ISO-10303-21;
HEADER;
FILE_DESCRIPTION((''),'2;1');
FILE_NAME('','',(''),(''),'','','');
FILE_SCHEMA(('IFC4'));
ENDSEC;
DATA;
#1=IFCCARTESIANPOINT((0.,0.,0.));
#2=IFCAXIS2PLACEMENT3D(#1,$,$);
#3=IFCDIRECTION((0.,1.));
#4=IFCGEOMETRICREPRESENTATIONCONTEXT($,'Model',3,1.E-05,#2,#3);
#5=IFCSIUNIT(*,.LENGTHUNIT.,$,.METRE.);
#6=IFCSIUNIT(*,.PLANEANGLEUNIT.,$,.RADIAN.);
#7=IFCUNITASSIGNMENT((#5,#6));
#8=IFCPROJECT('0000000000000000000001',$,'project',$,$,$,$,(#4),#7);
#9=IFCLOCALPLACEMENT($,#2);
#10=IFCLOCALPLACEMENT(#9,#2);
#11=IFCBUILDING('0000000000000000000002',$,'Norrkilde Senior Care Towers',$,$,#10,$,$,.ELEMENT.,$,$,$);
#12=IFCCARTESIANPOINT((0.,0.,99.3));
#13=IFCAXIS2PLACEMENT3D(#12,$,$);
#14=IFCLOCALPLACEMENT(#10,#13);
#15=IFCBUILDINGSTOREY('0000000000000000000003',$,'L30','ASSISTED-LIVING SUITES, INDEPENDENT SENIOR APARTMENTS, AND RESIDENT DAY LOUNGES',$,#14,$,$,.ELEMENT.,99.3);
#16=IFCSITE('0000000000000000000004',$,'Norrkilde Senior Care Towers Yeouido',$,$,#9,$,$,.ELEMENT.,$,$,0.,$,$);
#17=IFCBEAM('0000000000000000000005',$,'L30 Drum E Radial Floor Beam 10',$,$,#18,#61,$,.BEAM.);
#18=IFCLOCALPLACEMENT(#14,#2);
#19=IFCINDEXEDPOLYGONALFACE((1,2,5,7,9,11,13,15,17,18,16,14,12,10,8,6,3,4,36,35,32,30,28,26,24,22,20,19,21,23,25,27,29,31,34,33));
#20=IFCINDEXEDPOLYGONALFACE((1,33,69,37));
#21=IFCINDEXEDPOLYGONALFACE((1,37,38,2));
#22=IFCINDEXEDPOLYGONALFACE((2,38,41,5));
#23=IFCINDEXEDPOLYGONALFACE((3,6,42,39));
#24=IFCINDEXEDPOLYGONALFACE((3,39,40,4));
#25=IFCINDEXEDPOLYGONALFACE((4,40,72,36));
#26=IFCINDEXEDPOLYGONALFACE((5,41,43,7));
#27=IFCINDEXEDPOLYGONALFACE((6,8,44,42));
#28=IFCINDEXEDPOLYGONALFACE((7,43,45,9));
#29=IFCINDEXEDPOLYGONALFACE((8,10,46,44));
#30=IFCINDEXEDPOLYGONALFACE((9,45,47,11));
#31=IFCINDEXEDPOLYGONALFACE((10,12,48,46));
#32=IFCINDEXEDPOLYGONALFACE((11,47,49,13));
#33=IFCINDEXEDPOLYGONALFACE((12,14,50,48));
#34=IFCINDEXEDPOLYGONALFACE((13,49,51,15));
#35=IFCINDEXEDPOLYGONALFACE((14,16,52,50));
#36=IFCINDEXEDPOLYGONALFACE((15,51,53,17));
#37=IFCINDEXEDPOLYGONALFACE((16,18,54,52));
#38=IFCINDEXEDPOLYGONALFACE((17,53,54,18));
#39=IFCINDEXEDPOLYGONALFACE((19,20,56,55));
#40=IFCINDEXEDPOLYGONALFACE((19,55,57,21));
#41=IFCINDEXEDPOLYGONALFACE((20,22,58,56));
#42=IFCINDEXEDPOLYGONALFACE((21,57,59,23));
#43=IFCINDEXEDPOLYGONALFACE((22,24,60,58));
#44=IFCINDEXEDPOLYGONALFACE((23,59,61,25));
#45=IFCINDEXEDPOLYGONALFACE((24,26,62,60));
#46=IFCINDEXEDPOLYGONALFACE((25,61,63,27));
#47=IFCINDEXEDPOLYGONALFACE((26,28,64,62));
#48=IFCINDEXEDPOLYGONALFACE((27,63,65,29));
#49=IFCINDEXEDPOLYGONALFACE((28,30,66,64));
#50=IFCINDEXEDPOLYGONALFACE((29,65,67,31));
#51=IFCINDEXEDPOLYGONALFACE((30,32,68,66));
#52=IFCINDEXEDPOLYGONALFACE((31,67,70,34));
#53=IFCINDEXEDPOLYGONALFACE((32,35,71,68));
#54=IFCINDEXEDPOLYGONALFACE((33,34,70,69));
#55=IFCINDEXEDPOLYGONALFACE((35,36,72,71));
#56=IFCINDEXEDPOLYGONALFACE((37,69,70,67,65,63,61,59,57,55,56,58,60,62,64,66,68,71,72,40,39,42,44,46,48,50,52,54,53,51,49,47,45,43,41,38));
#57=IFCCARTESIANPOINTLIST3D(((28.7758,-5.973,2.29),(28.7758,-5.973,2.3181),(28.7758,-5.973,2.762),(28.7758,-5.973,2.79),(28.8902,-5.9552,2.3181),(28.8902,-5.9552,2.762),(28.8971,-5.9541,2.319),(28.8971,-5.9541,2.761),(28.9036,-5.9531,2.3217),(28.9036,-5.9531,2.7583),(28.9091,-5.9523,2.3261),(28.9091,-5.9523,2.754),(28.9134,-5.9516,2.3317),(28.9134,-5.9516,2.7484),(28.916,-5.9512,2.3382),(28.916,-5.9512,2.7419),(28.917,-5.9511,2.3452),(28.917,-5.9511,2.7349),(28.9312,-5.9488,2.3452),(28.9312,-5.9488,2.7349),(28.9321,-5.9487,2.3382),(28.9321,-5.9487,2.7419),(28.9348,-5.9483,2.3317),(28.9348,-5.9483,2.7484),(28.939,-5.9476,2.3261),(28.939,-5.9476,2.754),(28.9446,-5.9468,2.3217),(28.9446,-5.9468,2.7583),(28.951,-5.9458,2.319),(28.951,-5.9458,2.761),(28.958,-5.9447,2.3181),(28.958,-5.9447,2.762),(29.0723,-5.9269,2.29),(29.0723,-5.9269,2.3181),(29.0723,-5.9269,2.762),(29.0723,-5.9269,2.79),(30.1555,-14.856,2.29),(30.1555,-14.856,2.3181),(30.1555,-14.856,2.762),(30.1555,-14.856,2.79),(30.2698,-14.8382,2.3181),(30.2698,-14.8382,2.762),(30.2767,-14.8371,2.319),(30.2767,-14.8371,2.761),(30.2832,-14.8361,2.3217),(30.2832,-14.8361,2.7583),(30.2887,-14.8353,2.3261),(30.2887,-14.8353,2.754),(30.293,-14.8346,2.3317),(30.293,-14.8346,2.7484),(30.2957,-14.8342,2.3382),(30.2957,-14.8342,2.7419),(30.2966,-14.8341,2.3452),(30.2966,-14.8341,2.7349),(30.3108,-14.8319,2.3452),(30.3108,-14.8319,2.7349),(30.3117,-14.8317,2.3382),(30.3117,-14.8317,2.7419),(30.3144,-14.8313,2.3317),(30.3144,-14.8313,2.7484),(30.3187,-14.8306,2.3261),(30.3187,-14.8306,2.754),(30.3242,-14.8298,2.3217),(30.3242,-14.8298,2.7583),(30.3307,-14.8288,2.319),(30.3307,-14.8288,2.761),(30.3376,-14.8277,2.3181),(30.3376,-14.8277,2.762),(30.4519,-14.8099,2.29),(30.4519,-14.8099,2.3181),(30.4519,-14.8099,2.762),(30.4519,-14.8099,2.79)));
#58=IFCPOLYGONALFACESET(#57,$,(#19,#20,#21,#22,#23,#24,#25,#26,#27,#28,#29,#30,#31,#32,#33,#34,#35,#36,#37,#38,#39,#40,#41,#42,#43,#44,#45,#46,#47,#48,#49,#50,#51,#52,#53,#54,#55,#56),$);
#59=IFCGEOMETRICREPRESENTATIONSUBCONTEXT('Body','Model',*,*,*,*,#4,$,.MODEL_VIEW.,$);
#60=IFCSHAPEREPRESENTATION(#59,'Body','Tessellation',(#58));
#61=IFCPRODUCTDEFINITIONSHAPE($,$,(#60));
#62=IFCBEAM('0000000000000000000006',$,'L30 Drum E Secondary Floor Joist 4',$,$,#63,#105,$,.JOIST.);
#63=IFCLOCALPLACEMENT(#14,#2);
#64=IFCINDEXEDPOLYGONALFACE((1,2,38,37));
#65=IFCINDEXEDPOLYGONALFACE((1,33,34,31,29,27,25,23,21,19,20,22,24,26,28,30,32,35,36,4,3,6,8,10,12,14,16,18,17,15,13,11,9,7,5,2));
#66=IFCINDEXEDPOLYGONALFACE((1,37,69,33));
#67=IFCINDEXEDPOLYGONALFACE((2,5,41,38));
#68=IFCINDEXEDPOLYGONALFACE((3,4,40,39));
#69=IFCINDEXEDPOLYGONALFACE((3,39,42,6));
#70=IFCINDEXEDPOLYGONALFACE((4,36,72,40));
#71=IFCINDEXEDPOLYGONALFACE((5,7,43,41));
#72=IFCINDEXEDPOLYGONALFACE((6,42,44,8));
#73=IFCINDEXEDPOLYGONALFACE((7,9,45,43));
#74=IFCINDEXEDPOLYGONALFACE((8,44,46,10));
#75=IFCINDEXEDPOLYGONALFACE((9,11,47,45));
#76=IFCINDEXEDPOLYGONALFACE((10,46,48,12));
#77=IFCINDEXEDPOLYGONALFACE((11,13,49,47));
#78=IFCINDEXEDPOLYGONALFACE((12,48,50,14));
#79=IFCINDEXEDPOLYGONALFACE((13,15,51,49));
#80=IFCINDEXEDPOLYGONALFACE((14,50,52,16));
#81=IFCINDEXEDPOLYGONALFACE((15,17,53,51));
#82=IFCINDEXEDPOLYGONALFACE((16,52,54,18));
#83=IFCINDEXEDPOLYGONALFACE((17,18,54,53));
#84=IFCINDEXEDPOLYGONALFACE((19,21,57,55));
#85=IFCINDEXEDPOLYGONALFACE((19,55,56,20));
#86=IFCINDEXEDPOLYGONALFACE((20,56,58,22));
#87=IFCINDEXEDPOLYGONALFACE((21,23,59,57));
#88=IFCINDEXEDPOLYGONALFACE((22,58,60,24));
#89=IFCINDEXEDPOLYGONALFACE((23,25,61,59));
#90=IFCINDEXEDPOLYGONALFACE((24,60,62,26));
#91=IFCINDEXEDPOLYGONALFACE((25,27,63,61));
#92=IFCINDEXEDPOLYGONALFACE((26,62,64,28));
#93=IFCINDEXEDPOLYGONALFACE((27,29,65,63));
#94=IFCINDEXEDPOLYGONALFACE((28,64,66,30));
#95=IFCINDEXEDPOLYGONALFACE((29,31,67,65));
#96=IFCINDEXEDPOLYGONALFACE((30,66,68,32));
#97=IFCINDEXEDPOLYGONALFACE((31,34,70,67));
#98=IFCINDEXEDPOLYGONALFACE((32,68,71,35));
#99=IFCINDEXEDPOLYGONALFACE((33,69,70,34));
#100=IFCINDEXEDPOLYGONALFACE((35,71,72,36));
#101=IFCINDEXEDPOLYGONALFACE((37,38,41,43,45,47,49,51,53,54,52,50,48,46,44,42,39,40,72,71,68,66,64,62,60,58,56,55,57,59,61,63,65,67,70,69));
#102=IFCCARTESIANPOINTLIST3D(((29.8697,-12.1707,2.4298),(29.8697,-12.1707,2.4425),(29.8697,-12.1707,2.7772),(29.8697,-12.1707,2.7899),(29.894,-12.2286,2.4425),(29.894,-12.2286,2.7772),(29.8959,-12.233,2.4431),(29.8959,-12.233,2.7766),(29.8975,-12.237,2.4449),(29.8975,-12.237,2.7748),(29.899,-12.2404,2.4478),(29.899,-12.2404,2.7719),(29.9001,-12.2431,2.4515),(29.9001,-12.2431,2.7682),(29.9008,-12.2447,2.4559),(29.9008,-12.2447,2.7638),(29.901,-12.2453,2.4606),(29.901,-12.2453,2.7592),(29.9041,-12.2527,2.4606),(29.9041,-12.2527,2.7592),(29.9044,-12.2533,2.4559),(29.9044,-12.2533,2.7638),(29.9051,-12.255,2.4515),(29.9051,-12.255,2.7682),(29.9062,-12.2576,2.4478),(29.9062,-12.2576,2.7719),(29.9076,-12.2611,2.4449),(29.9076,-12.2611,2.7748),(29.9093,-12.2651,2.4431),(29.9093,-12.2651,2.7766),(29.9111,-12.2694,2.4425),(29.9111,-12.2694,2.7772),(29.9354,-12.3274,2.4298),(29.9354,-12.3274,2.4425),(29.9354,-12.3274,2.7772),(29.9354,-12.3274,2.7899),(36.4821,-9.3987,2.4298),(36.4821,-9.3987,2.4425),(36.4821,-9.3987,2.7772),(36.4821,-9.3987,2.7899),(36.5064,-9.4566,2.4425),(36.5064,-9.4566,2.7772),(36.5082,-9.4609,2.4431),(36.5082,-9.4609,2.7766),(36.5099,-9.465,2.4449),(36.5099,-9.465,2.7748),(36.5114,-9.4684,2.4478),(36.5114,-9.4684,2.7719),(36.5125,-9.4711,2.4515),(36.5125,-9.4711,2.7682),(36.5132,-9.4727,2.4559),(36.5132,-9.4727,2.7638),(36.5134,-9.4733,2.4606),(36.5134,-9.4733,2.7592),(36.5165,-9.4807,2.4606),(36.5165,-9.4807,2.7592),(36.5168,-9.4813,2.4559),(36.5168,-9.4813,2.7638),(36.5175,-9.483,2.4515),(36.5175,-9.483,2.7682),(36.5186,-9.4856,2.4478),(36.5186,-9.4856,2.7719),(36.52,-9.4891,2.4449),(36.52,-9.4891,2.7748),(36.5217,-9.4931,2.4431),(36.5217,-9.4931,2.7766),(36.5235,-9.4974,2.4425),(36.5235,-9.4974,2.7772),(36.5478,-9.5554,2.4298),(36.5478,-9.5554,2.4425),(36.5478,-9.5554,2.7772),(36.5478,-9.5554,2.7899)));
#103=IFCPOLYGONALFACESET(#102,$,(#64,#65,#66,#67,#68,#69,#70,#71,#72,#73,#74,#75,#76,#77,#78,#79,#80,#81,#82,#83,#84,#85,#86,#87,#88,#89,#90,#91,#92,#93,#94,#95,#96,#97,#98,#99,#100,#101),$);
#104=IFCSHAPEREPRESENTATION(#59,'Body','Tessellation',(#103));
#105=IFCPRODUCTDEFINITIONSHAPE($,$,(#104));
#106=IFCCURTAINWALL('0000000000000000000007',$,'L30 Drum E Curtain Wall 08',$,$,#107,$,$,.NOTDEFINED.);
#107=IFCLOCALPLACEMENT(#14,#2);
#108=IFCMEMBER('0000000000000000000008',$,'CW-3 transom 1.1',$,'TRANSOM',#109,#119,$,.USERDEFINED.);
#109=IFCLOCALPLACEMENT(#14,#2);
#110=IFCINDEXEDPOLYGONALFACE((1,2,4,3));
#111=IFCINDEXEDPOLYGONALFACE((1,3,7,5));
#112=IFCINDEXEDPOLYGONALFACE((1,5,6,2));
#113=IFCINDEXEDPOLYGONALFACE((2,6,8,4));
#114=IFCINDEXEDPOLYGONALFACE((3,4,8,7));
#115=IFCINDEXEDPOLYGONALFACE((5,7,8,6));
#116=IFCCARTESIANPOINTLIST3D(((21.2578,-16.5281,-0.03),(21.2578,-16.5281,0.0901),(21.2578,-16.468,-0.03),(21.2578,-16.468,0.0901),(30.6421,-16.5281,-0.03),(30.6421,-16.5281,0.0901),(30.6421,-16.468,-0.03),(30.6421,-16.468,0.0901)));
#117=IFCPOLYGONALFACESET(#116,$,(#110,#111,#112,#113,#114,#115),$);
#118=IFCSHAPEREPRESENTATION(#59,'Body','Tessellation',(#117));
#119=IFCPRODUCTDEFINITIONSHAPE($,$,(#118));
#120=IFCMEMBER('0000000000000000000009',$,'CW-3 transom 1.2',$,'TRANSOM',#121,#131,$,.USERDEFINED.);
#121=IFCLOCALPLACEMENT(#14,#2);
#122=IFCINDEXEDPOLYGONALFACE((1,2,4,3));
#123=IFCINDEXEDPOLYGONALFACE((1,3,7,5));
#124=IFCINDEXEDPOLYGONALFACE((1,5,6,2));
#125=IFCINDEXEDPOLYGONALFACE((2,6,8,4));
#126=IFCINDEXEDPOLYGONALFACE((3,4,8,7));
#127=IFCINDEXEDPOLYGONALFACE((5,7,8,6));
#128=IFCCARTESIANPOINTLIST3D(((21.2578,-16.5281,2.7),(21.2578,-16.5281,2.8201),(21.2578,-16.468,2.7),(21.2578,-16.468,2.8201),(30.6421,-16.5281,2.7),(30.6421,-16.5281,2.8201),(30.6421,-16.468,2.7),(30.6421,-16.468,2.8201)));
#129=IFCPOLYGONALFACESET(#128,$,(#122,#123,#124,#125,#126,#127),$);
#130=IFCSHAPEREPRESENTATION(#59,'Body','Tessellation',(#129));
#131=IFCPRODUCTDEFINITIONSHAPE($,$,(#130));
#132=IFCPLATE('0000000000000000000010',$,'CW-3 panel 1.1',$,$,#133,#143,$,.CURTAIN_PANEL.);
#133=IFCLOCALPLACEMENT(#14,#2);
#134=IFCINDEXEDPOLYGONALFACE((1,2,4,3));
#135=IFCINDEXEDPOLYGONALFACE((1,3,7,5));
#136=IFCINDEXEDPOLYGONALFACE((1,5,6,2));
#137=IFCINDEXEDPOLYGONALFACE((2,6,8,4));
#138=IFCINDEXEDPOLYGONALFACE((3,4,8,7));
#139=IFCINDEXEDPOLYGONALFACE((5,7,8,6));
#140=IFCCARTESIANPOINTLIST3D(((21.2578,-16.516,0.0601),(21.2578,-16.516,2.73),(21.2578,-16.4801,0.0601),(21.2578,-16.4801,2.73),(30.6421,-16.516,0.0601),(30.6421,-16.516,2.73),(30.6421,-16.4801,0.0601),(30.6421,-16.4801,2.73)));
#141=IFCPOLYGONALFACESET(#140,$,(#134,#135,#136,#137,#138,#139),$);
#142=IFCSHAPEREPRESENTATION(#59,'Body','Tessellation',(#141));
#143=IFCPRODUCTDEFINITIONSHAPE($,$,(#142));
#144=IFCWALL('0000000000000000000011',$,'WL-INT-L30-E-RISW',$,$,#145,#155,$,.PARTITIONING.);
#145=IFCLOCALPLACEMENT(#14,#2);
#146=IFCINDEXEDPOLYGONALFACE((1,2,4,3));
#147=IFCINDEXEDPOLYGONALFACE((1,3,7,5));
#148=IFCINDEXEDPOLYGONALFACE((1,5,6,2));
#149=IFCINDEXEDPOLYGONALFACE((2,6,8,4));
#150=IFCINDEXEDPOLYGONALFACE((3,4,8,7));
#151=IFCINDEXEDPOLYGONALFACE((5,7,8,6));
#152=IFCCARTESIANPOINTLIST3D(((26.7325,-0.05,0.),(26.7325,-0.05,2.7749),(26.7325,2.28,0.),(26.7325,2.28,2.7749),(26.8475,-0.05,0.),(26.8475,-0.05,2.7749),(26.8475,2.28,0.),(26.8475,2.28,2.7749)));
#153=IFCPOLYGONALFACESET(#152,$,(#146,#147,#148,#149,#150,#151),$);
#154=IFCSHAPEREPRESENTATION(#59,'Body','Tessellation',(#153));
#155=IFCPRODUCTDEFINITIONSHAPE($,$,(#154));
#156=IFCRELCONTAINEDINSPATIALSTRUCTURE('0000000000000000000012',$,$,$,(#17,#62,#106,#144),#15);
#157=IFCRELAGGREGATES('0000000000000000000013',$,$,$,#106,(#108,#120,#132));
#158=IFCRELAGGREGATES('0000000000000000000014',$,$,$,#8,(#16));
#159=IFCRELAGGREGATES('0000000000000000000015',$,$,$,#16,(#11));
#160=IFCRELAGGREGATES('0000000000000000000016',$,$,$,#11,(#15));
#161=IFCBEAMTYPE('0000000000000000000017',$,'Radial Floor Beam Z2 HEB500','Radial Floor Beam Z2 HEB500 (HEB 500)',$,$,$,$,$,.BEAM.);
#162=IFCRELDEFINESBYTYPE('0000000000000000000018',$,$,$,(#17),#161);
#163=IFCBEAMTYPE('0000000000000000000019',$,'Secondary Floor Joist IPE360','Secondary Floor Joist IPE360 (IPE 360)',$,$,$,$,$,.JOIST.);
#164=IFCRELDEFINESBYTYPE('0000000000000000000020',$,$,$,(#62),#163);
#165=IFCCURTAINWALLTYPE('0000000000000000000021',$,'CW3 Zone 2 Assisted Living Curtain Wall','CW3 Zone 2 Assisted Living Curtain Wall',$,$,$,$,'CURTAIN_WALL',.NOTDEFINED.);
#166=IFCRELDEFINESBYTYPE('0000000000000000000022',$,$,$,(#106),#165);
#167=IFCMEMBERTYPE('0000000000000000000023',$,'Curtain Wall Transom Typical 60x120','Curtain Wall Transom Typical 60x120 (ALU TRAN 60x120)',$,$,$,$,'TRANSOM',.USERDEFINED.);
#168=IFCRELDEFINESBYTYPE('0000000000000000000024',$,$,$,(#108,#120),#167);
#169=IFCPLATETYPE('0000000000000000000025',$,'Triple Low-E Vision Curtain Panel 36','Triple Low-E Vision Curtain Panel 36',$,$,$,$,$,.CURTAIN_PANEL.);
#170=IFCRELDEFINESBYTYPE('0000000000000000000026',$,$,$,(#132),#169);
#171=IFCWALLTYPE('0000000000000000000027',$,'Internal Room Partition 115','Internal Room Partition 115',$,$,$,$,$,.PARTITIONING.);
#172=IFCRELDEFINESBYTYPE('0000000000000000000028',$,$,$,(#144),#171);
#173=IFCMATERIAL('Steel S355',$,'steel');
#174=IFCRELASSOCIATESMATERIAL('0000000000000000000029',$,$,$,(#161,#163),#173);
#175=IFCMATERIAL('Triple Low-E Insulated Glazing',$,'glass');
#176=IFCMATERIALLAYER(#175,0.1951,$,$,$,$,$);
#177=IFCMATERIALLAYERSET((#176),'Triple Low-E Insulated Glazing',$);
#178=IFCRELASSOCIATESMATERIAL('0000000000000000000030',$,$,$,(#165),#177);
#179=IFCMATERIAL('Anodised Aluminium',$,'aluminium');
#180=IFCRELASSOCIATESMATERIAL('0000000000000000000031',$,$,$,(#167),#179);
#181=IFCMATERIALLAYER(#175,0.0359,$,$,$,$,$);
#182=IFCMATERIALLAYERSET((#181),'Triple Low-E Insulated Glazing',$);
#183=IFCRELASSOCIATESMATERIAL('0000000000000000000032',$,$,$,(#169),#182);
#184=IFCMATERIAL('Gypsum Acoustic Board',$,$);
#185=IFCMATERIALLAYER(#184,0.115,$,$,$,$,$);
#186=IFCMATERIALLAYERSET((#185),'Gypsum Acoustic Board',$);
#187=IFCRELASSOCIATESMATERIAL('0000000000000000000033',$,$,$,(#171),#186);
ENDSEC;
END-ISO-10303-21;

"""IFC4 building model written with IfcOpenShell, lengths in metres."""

from ifc_helpers import new_model, si_unit, direction, frame, frame_2d, origin, origin_2d, place, context, subcontext, project, spatial, rectangle, i_section, extrude, source, transform, mapped, material, layer, layer_set, material_profile, profile_set, type_object, type_shapes, element, aggregate, save


model = new_model("IFC4")

# Units and contexts
model_context = context("Model", 3, precision=1e-05, world=origin(), true_north=direction((0.0, 1.0)))
body_context = subcontext(model_context, "Body", "Model", "MODEL_VIEW")
ifc_project = project(units=[si_unit("LENGTHUNIT", "METRE"), si_unit("PLANEANGLEUNIT", "RADIAN")], contexts=[model_context])

# Site, building, storey
site_placement = place(None, origin())
site = spatial("IfcSite", under=ifc_project, at=site_placement, Name="Norrkilde Senior Care Towers Yeouido", CompositionType="ELEMENT", RefElevation=0.0)
building_placement = place(site_placement, origin())
building = spatial("IfcBuilding", under=site, at=building_placement, Name="Norrkilde Senior Care Towers", CompositionType="ELEMENT")
storey_placement = place(building_placement, frame((0.0, 0.0, 99.3)))
storey = spatial("IfcBuildingStorey", under=building, at=storey_placement, Name="L30", Description="ASSISTED-LIVING SUITES, INDEPENDENT SENIOR APARTMENTS, AND RESIDENT DAY LOUNGES", CompositionType="ELEMENT", Elevation=99.3)

# Beams
ifc_material_1 = material(Name="Steel S355", Category="steel")
ifc_material_profile_1 = material_profile(ifc_material_1, i_section(OverallWidth=0.3, OverallDepth=0.5, WebThickness=0.0144, FlangeThickness=0.0281, FilletRadius=0.0271, at=origin_2d()), Name="HEB 500")
ifc_profile_set_1 = profile_set([ifc_material_profile_1], Name="Steel S355")
beam_type_1 = type_object("IfcBeamType", Name="Radial Floor Beam Z2 HEB500", Description="Radial Floor Beam Z2 HEB500 (HEB 500)", PredefinedType="BEAM", material=ifc_profile_set_1)
shared_shape_1 = source(origin(), body_context, "Body", "SweptSolid", [
    extrude(i_section(OverallWidth=0.3, OverallDepth=0.5, WebThickness=0.0144, FlangeThickness=0.0281, FilletRadius=0.0271, at=origin_2d()), origin(), (0.0, 0.0, 1.0), 8.9895),
])
beam_1_placement = place(storey_placement, frame((28.9241, -5.95, 2.54), z_axis=(0.153471, -0.988153, 0.0), x_axis=(0.988153, 0.153471, 0.0)))
element("IfcBeam", 1, at=beam_1_placement, inside=storey, type_object=beam_type_1, Name="L30 Drum E Radial Floor Beam 10", PredefinedType="BEAM", context=body_context, shape_type="MappedRepresentation", body=[
    mapped(shared_shape_1, transform((0.0, 0.0, 0.0), x_axis=(1.0, 0.0, 0.0), y_axis=(0.0, 1.0, 0.0), z_axis=(0.0, 0.0, 1.0), scale=1.0)),
])
ifc_material_profile_2 = material_profile(ifc_material_1, i_section(OverallWidth=0.1699, OverallDepth=0.3601, WebThickness=0.0081, FlangeThickness=0.0127, FilletRadius=0.0181, at=origin_2d()), Name="IPE 360")
ifc_profile_set_2 = profile_set([ifc_material_profile_2], Name="Steel S355")
beam_type_2 = type_object("IfcBeamType", Name="Secondary Floor Joist IPE360", Description="Secondary Floor Joist IPE360 (IPE 360)", PredefinedType="JOIST", material=ifc_profile_set_2)
shared_shape_2 = source(origin(), body_context, "Body", "SweptSolid", [
    extrude(i_section(OverallWidth=0.1699, OverallDepth=0.3601, WebThickness=0.0081, FlangeThickness=0.0127, FilletRadius=0.0181, at=origin_2d()), origin(), (0.0, 0.0, 1.0), 7.1699),
])
type_shapes(beam_type_2, [shared_shape_2])
beam_2_placement = place(storey_placement, frame((29.9026, -12.249, 2.6099), z_axis=(0.922241, 0.386616, 0.0), x_axis=(-0.386616, 0.922241, 0.0)))
element("IfcBeam", 2, at=beam_2_placement, inside=storey, type_object=beam_type_2, Name="L30 Drum E Secondary Floor Joist 4", PredefinedType="JOIST", context=body_context, shape_type="MappedRepresentation", body=[
    mapped(shared_shape_2, transform((0.0, 0.0, 0.0), x_axis=(1.0, 0.0, 0.0), y_axis=(0.0, 1.0, 0.0), z_axis=(0.0, 0.0, 1.0), scale=1.0)),
])

# Curtain wall, members, plate
ifc_material_2 = material(Name="Triple Low-E Insulated Glazing", Category="glass")
ifc_layer_1 = layer(ifc_material_2, 0.1951)
ifc_layer_set_1 = layer_set([ifc_layer_1], Name="Triple Low-E Insulated Glazing")
curtain_wall_type = type_object("IfcCurtainWallType", Name="CW3 Zone 2 Assisted Living Curtain Wall", Description="CW3 Zone 2 Assisted Living Curtain Wall", ElementType="CURTAIN_WALL", PredefinedType="NOTDEFINED", material=ifc_layer_set_1)
curtain_wall_placement = place(storey_placement, origin())
curtain_wall = element("IfcCurtainWall", 3, at=curtain_wall_placement, inside=storey, type_object=curtain_wall_type, Name="L30 Drum E Curtain Wall 08", PredefinedType="NOTDEFINED")
ifc_material_3 = material(Name="Anodised Aluminium", Category="aluminium")
ifc_material_profile_3 = material_profile(ifc_material_3, rectangle(XDim=0.0601, YDim=0.1201, at=origin_2d()), Name="ALU TRAN 60x120")
ifc_profile_set_3 = profile_set([ifc_material_profile_3], Name="Anodised Aluminium")
member_type = type_object("IfcMemberType", Name="Curtain Wall Transom Typical 60x120", Description="Curtain Wall Transom Typical 60x120 (ALU TRAN 60x120)", ElementType="TRANSOM", PredefinedType="USERDEFINED", material=ifc_profile_set_3)
shared_shape_3 = source(origin(), body_context, "Body", "SweptSolid", [
    extrude(rectangle(XDim=0.0601, YDim=0.1201, at=origin_2d()), origin(), (0.0, 0.0, 1.0), 9.3843),
])
type_shapes(member_type, [shared_shape_3])
member_1_placement = place(storey_placement, frame((30.6421, -16.498, 0.03), z_axis=(-1.0, 0.0, 0.0), x_axis=(0.0, -1.0, 0.0)))
member_1 = element("IfcMember", 4, at=member_1_placement, type_object=member_type, Name="CW-3 transom 1.1", ObjectType="TRANSOM", PredefinedType="USERDEFINED", context=body_context, shape_type="MappedRepresentation", body=[
    mapped(shared_shape_3, transform((0.0, 0.0, 0.0), x_axis=(1.0, 0.0, 0.0), y_axis=(0.0, 1.0, 0.0), z_axis=(0.0, 0.0, 1.0), scale=1.0)),
])
member_2_placement = place(storey_placement, frame((30.6421, -16.498, 2.76), z_axis=(-1.0, 0.0, 0.0), x_axis=(0.0, -1.0, 0.0)))
member_2 = element("IfcMember", 5, at=member_2_placement, type_object=member_type, Name="CW-3 transom 1.2", ObjectType="TRANSOM", PredefinedType="USERDEFINED", context=body_context, shape_type="MappedRepresentation", body=[
    mapped(shared_shape_3, transform((0.0, 0.0, 0.0), x_axis=(1.0, 0.0, 0.0), y_axis=(0.0, 1.0, 0.0), z_axis=(0.0, 0.0, 1.0), scale=1.0)),
])
ifc_layer_2 = layer(ifc_material_2, 0.0359)
ifc_layer_set_2 = layer_set([ifc_layer_2], Name="Triple Low-E Insulated Glazing")
plate_type = type_object("IfcPlateType", Name="Triple Low-E Vision Curtain Panel 36", Description="Triple Low-E Vision Curtain Panel 36", PredefinedType="CURTAIN_PANEL", material=ifc_layer_set_2)
shared_shape_4 = source(origin(), body_context, "Body", "SweptSolid", [
    extrude(rectangle(XDim=9.3843, YDim=0.0359, at=origin_2d()), origin(), (0.0, 0.0, 1.0), 2.6699),
])
type_shapes(plate_type, [shared_shape_4])
plate_placement = place(storey_placement, frame((25.95, -16.498, 0.0601), z_axis=(0.0, 0.0, 1.0), x_axis=(-1.0, 0.0, 0.0)))
plate = element("IfcPlate", 6, at=plate_placement, type_object=plate_type, Name="CW-3 panel 1.1", PredefinedType="CURTAIN_PANEL", context=body_context, shape_type="MappedRepresentation", body=[
    mapped(shared_shape_4, transform((0.0, 0.0, 0.0), x_axis=(1.0, 0.0, 0.0), y_axis=(0.0, 1.0, 0.0), z_axis=(0.0, 0.0, 1.0), scale=1.0)),
])
aggregate(curtain_wall, [member_1, member_2, plate])

# Wall
ifc_material_4 = material(Name="Gypsum Acoustic Board")
ifc_layer_3 = layer(ifc_material_4, 0.115)
ifc_layer_set_3 = layer_set([ifc_layer_3], Name="Gypsum Acoustic Board")
wall_type_1 = type_object("IfcWallType", Name="Internal Room Partition 115", Description="Internal Room Partition 115", PredefinedType="PARTITIONING", material=ifc_layer_set_3)
shared_shape_5 = source(origin(), body_context, "Body", "SweptSolid", [
    extrude(rectangle(XDim=2.3301, YDim=0.115, at=frame_2d((1.165, 0.0))), origin(), (0.0, 0.0, 1.0), 2.7749),
])
type_shapes(wall_type_1, [shared_shape_5])
wall_1_placement = place(storey_placement, frame((26.79, -0.05, 0.0), z_axis=(0.0, 0.0, 1.0), x_axis=(0.0, 1.0, 0.0)))
element("IfcWall", 7, at=wall_1_placement, inside=storey, type_object=wall_type_1, Name="WL-INT-L30-E-RISW", PredefinedType="PARTITIONING", context=body_context, shape_type="MappedRepresentation", body=[
    mapped(shared_shape_5, transform((0.0, 0.0, 0.0), x_axis=(1.0, 0.0, 0.0), y_axis=(0.0, 1.0, 0.0), z_axis=(0.0, 0.0, 1.0), scale=1.0)),
])

save(model, "model.ifc")
